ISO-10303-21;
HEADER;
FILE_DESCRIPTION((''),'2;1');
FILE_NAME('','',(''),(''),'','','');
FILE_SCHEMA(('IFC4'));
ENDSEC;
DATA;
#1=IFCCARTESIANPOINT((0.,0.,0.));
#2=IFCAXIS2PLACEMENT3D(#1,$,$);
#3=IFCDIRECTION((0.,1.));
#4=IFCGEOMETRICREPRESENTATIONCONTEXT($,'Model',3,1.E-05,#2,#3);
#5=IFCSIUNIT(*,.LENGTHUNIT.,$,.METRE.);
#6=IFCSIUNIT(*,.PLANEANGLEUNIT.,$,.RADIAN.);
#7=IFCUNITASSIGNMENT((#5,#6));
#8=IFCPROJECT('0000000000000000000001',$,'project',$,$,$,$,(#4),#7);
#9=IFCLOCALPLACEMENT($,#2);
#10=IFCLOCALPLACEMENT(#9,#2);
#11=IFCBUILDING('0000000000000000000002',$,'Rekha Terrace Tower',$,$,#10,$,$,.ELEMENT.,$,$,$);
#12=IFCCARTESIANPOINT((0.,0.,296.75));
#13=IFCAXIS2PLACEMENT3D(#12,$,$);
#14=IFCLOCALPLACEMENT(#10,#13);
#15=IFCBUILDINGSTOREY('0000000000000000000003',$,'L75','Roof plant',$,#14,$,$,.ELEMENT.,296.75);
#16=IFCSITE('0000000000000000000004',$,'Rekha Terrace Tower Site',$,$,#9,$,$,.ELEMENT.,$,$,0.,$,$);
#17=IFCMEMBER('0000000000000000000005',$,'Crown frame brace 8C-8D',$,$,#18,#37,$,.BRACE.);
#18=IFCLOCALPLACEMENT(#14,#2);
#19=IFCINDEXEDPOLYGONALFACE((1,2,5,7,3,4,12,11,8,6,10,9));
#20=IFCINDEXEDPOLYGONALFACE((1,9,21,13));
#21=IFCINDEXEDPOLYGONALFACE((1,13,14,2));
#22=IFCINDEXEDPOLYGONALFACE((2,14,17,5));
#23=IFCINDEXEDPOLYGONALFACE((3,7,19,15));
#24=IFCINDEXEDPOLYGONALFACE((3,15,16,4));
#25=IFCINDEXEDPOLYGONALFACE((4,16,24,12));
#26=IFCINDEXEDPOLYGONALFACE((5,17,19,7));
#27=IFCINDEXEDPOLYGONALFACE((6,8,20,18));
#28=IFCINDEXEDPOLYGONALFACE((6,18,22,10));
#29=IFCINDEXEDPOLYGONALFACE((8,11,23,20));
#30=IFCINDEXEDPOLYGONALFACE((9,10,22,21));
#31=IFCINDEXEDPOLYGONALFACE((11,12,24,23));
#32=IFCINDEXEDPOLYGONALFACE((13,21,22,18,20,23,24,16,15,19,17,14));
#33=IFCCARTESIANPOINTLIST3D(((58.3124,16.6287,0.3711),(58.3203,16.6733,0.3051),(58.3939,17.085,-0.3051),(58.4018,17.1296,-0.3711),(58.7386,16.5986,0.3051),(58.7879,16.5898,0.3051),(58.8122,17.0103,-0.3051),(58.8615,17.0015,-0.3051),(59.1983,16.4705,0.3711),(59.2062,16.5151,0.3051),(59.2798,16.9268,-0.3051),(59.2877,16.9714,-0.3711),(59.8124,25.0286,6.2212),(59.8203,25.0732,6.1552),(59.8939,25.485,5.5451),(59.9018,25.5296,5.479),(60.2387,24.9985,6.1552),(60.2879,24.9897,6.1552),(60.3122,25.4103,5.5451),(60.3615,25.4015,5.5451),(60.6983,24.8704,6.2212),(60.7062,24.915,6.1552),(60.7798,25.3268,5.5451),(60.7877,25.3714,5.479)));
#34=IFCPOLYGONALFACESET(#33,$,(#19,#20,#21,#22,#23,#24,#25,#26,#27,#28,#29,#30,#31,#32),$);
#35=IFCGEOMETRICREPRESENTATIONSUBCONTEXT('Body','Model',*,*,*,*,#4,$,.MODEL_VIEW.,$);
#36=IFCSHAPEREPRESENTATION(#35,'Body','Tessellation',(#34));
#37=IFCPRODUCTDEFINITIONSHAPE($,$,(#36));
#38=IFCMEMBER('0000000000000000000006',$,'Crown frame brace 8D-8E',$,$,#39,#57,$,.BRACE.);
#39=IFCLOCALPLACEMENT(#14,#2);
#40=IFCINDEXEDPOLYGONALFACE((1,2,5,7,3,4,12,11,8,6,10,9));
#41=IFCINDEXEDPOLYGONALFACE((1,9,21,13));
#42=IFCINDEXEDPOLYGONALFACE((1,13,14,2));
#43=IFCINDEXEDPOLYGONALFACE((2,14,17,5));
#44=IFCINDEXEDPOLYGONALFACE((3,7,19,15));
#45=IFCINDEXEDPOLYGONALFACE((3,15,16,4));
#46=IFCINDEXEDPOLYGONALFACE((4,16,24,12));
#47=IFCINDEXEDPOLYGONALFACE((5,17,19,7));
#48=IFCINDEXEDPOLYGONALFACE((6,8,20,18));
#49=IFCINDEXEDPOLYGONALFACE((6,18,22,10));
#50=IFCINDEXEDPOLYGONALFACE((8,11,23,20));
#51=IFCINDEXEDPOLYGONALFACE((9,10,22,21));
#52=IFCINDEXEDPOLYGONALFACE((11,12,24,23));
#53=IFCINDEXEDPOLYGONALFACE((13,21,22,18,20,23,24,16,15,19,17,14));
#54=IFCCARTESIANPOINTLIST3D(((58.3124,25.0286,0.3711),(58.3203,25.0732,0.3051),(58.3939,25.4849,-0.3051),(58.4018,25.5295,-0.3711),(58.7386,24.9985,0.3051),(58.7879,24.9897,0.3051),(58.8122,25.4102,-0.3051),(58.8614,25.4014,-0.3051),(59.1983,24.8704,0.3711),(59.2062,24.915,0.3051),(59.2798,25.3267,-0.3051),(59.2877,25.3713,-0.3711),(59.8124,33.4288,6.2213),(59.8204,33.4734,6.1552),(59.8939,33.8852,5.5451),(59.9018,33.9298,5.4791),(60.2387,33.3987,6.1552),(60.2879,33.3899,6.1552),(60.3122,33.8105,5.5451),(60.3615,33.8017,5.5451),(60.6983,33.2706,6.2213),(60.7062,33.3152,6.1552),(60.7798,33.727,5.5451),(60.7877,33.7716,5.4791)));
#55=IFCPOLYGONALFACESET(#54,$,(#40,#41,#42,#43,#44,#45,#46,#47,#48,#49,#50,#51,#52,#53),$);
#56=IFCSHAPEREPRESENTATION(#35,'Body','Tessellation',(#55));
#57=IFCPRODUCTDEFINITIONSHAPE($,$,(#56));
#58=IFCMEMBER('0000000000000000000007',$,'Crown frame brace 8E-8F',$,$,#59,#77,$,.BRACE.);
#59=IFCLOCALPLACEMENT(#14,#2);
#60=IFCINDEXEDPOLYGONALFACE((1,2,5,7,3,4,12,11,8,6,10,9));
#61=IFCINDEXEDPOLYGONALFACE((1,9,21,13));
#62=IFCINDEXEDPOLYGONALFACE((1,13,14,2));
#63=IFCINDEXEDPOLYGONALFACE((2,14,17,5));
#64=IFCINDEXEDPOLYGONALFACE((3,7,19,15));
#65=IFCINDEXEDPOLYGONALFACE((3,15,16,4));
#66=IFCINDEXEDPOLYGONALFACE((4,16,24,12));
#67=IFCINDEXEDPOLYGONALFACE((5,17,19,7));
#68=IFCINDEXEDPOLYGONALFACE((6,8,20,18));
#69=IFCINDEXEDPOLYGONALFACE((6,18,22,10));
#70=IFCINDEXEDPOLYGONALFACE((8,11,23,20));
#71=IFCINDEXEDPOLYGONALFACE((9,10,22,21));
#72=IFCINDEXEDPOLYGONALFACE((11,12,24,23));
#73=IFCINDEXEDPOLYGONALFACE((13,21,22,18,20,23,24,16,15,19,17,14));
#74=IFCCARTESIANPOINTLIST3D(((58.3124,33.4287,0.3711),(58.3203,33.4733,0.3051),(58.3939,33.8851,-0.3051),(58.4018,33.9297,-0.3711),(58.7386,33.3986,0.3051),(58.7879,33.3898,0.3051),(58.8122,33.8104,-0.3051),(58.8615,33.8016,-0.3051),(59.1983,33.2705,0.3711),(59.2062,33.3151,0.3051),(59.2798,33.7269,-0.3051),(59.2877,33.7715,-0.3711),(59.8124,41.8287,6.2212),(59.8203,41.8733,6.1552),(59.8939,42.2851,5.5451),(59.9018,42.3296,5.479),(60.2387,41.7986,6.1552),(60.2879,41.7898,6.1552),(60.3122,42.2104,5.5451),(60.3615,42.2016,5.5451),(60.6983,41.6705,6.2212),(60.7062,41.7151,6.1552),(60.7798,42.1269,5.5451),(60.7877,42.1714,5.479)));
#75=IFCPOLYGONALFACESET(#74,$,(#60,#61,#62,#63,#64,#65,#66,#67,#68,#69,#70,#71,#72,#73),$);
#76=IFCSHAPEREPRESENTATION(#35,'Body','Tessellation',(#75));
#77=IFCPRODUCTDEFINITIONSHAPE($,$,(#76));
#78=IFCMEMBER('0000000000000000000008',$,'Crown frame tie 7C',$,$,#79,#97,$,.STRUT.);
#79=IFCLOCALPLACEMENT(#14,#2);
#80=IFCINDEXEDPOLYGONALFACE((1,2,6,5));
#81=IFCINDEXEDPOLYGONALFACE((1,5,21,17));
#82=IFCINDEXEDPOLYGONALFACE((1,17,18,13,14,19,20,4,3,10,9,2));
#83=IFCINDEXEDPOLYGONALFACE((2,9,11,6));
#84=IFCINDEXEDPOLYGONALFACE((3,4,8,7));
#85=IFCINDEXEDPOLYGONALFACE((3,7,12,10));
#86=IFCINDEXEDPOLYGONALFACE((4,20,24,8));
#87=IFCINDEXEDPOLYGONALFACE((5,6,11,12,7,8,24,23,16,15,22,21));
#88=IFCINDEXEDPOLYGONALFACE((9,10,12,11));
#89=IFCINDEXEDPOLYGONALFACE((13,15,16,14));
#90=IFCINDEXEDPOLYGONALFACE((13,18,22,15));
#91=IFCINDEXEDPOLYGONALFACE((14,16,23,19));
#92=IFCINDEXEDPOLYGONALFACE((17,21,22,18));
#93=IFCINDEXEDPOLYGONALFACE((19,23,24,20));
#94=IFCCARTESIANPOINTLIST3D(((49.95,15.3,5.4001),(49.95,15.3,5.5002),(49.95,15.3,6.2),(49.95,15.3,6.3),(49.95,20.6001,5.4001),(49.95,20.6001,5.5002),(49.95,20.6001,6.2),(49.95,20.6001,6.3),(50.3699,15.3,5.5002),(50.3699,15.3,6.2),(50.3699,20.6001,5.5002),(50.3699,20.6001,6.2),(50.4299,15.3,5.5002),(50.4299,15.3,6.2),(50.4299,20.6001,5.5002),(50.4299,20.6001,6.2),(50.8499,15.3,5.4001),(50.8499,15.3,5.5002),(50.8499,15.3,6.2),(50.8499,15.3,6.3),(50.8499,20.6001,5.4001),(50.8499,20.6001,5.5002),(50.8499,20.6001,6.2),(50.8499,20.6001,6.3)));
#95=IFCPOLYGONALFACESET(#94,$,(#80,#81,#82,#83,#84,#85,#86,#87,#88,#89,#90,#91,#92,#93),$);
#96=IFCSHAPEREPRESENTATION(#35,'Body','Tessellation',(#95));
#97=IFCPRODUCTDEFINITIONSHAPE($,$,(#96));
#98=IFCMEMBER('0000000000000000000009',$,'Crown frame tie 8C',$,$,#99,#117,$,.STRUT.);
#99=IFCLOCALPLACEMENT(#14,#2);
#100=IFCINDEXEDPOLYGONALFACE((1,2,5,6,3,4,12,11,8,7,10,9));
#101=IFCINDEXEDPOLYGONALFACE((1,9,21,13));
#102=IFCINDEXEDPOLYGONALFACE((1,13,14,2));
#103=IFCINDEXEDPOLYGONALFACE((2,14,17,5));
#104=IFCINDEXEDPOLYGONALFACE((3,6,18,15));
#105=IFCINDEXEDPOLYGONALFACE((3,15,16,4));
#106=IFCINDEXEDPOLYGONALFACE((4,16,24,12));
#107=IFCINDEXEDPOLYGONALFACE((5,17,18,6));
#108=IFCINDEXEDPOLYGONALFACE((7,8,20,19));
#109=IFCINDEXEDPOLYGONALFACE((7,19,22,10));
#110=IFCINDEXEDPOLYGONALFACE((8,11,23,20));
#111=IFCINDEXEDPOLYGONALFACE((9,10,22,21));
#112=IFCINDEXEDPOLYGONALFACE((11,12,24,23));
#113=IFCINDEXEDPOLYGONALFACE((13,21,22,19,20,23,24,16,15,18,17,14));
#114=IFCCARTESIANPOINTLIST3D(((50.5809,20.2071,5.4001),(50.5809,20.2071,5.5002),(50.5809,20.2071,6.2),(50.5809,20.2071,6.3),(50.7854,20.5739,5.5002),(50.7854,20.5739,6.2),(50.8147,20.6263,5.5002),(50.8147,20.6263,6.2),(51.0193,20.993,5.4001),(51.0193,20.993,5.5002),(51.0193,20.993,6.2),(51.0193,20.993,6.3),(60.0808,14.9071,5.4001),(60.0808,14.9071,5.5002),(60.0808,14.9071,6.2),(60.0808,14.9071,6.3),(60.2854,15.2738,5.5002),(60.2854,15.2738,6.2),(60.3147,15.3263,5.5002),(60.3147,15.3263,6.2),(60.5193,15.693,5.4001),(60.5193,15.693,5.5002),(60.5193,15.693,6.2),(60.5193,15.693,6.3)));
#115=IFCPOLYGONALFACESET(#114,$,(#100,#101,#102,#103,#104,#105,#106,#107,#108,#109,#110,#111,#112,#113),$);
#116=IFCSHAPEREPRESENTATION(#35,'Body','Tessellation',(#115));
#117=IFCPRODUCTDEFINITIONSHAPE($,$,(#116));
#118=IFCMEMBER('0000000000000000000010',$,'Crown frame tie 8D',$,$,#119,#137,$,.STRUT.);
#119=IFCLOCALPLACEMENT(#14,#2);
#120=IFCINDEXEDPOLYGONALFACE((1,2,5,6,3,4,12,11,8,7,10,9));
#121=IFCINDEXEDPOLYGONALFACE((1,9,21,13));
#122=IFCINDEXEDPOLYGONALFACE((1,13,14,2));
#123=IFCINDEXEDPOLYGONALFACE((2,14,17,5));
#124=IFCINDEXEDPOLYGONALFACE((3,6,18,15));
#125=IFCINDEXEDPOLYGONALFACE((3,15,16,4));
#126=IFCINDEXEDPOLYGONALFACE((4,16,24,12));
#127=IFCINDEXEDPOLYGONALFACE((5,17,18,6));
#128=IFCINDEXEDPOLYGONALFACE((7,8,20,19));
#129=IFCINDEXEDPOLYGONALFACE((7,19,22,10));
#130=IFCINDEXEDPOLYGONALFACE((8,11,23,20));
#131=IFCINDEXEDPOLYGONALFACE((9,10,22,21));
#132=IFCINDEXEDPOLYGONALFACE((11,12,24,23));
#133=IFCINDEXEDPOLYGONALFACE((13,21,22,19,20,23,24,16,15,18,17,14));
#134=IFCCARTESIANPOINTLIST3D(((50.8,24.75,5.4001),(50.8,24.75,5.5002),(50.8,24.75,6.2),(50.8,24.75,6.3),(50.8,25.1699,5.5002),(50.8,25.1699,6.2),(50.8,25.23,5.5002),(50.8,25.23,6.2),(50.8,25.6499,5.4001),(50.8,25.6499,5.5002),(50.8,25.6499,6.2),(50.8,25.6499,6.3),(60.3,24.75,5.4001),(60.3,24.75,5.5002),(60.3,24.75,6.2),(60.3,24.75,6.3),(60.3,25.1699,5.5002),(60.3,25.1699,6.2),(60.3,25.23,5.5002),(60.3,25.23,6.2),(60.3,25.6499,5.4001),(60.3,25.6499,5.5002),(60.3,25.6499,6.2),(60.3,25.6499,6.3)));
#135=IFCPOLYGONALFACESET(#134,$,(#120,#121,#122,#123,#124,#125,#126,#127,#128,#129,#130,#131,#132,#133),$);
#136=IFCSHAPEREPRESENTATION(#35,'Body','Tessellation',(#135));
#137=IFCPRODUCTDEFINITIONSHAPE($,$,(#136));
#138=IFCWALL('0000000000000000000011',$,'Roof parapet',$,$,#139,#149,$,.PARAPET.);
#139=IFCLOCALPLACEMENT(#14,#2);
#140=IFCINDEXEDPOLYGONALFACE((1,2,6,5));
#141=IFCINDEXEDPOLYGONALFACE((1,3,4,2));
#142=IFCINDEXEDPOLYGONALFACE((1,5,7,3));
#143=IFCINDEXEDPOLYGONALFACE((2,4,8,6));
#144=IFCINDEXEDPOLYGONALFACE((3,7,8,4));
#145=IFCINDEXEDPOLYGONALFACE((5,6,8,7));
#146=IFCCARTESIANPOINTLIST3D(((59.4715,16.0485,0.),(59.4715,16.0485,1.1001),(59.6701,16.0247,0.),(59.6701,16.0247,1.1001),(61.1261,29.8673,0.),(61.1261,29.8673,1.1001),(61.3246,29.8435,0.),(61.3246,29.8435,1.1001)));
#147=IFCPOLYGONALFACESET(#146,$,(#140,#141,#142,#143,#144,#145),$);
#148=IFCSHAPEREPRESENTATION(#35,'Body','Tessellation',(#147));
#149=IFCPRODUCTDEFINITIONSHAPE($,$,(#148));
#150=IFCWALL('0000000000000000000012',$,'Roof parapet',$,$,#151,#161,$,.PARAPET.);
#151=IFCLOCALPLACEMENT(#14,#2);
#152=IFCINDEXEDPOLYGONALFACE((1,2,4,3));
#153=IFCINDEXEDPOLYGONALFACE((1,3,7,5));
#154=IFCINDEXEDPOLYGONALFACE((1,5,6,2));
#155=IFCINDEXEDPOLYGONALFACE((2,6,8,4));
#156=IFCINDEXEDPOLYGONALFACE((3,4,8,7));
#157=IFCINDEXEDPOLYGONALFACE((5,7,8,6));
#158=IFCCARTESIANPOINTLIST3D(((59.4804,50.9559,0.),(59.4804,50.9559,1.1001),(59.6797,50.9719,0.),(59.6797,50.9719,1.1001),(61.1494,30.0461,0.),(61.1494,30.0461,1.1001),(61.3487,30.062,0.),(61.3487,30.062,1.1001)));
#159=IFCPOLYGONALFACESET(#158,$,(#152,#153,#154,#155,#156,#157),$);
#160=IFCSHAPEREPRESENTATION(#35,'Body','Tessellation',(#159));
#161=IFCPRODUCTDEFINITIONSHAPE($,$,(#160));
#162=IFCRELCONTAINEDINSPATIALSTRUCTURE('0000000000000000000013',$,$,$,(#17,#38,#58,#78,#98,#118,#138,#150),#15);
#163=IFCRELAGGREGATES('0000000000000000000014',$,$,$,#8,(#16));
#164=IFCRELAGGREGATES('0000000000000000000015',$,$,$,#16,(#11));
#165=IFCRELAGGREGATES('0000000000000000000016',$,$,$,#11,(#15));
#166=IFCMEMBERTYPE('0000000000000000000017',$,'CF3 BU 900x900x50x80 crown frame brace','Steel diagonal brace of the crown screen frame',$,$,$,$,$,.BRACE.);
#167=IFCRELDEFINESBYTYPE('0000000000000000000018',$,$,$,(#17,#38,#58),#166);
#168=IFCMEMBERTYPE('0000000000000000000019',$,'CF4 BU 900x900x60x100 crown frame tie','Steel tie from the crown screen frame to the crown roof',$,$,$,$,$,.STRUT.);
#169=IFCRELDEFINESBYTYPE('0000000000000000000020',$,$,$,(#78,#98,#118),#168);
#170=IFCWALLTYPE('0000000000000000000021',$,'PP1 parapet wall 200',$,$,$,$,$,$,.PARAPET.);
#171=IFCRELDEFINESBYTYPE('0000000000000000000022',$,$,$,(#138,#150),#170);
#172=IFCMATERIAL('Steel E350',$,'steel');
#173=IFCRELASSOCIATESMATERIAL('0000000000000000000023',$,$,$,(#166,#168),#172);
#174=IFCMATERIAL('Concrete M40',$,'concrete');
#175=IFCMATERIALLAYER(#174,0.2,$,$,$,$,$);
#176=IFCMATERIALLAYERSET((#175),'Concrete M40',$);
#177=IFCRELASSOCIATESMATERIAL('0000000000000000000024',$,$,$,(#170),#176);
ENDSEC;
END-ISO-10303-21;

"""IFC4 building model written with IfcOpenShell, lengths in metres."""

from ifc_helpers import new_model, si_unit, direction, frame, frame_2d, origin, origin_2d, place, context, subcontext, project, spatial, rectangle, i_section, extrude, material, layer, layer_set, material_profile, profile_set, type_object, element, save


model = new_model("IFC4")

# Units and contexts
model_context = context("Model", 3, precision=1e-05, world=origin(), true_north=direction((0.0, 1.0)))
body_context = subcontext(model_context, "Body", "Model", "MODEL_VIEW")
ifc_project = project(units=[si_unit("LENGTHUNIT", "METRE"), si_unit("PLANEANGLEUNIT", "RADIAN")], contexts=[model_context])

# Site, building, storey
site_placement = place(None, origin())
site = spatial("IfcSite", under=ifc_project, at=site_placement, Name="Rekha Terrace Tower Site", CompositionType="ELEMENT", RefElevation=0.0)
building_placement = place(site_placement, origin())
building = spatial("IfcBuilding", under=site, at=building_placement, Name="Rekha Terrace Tower", CompositionType="ELEMENT")
storey_placement = place(building_placement, frame((0.0, 0.0, 296.75)))
storey = spatial("IfcBuildingStorey", under=building, at=storey_placement, Name="L75", Description="Roof plant", CompositionType="ELEMENT", Elevation=296.75)

# Members
ifc_material_1 = material(Name="Steel E350", Category="steel")
ifc_material_profile_1 = material_profile(ifc_material_1, i_section(OverallWidth=0.8999, OverallDepth=0.8999, WebThickness=0.05, FlangeThickness=0.0801, at=origin_2d()), Name="BU 900x900x50x80")
ifc_profile_set_1 = profile_set([ifc_material_profile_1], Name="Steel E350")
member_type_1 = type_object("IfcMemberType", Name="CF3 BU 900x900x50x80 crown frame brace", Description="Steel diagonal brace of the crown screen frame", PredefinedType="BRACE", material=ifc_profile_set_1)
member_1_placement = place(storey_placement, frame((58.8, 16.8, 0.0), z_axis=(0.144989, 0.811928, 0.565466), x_axis=(-0.984427, 0.175793, 0.0)))
element("IfcMember", 1, at=member_1_placement, inside=storey, type_object=member_type_1, Name="Crown frame brace 8C-8D", PredefinedType="BRACE", context=body_context, shape_type="SweptSolid", body=[
    extrude(i_section(OverallWidth=0.8999, OverallDepth=0.8999, WebThickness=0.05, FlangeThickness=0.0801, at=origin_2d()), origin(), (0.0, 0.0, 1.0), 10.3457),
])
member_2_placement = place(storey_placement, frame((58.8, 25.2, 0.0), z_axis=(0.144986, 0.811936, 0.565455), x_axis=(-0.984428, 0.175788, 0.0)))
element("IfcMember", 2, at=member_2_placement, inside=storey, type_object=member_type_1, Name="Crown frame brace 8D-8E", PredefinedType="BRACE", context=body_context, shape_type="SweptSolid", body=[
    extrude(i_section(OverallWidth=0.8999, OverallDepth=0.8999, WebThickness=0.05, FlangeThickness=0.0801, at=origin_2d()), origin(), (0.0, 0.0, 1.0), 10.3459),
])
member_3_placement = place(storey_placement, frame((58.8, 33.6001, 0.0), z_axis=(0.144989, 0.811928, 0.565466), x_axis=(-0.984427, 0.175793, 0.0)))
element("IfcMember", 3, at=member_3_placement, inside=storey, type_object=member_type_1, Name="Crown frame brace 8E-8F", PredefinedType="BRACE", context=body_context, shape_type="SweptSolid", body=[
    extrude(i_section(OverallWidth=0.8999, OverallDepth=0.8999, WebThickness=0.05, FlangeThickness=0.0801, at=origin_2d()), origin(), (0.0, 0.0, 1.0), 10.3457),
])
ifc_material_profile_2 = material_profile(ifc_material_1, i_section(OverallWidth=0.8999, OverallDepth=0.8999, WebThickness=0.0601, FlangeThickness=0.1001, at=origin_2d()), Name="BU 900x900x60x100")
ifc_profile_set_2 = profile_set([ifc_material_profile_2], Name="Steel E350")
member_type_2 = type_object("IfcMemberType", Name="CF4 BU 900x900x60x100 crown frame tie", Description="Steel tie from the crown screen frame to the crown roof", PredefinedType="STRUT", material=ifc_profile_set_2)
member_4_placement = place(storey_placement, frame((50.3999, 15.3, 5.8501), z_axis=(0.0, 1.0, 0.0), x_axis=(-1.0, 0.0, 0.0)))
element("IfcMember", 4, at=member_4_placement, inside=storey, type_object=member_type_2, Name="Crown frame tie 7C", PredefinedType="STRUT", context=body_context, shape_type="SweptSolid", body=[
    extrude(i_section(OverallWidth=0.8999, OverallDepth=0.8999, WebThickness=0.0601, FlangeThickness=0.1001, at=origin_2d()), origin(), (0.0, 0.0, 1.0), 5.3),
])
member_5_placement = place(storey_placement, frame((60.3, 15.3, 5.8501), z_axis=(-0.873287, 0.487207, 0.0), x_axis=(-0.487207, -0.873287, 0.0)))
element("IfcMember", 5, at=member_5_placement, inside=storey, type_object=member_type_2, Name="Crown frame tie 8C", PredefinedType="STRUT", context=body_context, shape_type="SweptSolid", body=[
    extrude(i_section(OverallWidth=0.8999, OverallDepth=0.8999, WebThickness=0.0601, FlangeThickness=0.1001, at=origin_2d()), origin(), (0.0, 0.0, 1.0), 10.8784),
])
member_6_placement = place(storey_placement, frame((60.3, 25.2, 5.8501), z_axis=(-1.0, 0.0, 0.0), x_axis=(0.0, -1.0, 0.0)))
element("IfcMember", 6, at=member_6_placement, inside=storey, type_object=member_type_2, Name="Crown frame tie 8D", PredefinedType="STRUT", context=body_context, shape_type="SweptSolid", body=[
    extrude(i_section(OverallWidth=0.8999, OverallDepth=0.8999, WebThickness=0.0601, FlangeThickness=0.1001, at=origin_2d()), origin(), (0.0, 0.0, 1.0), 9.5),
])

# Walls
ifc_material_2 = material(Name="Concrete M40", Category="concrete")
ifc_layer_1 = layer(ifc_material_2, 0.2)
ifc_layer_set_1 = layer_set([ifc_layer_1], Name="Concrete M40")
wall_type_1 = type_object("IfcWallType", Name="PP1 parapet wall 200", PredefinedType="PARAPET", material=ifc_layer_set_1)
wall_1_placement = place(storey_placement, frame((59.5708, 16.0366, 0.0), z_axis=(0.0, 0.0, 1.0), x_axis=(0.118882, 0.992908, 0.0)))
element("IfcWall", 7, at=wall_1_placement, inside=storey, type_object=wall_type_1, Name="Roof parapet", PredefinedType="PARAPET", context=body_context, shape_type="SweptSolid", body=[
    extrude(rectangle(XDim=13.9175, YDim=0.2, at=frame_2d((6.9587, 0.0))), origin(), (0.0, 0.0, 1.0), 1.1001),
])
wall_2_placement = place(storey_placement, frame((61.249, 30.054, 0.0), z_axis=(0.0, 0.0, 1.0), x_axis=(-0.079563, 0.99683, 0.0)))
element("IfcWall", 8, at=wall_2_placement, inside=storey, type_object=wall_type_1, Name="Roof parapet", PredefinedType="PARAPET", context=body_context, shape_type="SweptSolid", body=[
    extrude(rectangle(XDim=20.9763, YDim=0.2, at=frame_2d((10.4883, 0.0))), origin(), (0.0, 0.0, 1.0), 1.1001),
])

save(model, "model.ifc")
